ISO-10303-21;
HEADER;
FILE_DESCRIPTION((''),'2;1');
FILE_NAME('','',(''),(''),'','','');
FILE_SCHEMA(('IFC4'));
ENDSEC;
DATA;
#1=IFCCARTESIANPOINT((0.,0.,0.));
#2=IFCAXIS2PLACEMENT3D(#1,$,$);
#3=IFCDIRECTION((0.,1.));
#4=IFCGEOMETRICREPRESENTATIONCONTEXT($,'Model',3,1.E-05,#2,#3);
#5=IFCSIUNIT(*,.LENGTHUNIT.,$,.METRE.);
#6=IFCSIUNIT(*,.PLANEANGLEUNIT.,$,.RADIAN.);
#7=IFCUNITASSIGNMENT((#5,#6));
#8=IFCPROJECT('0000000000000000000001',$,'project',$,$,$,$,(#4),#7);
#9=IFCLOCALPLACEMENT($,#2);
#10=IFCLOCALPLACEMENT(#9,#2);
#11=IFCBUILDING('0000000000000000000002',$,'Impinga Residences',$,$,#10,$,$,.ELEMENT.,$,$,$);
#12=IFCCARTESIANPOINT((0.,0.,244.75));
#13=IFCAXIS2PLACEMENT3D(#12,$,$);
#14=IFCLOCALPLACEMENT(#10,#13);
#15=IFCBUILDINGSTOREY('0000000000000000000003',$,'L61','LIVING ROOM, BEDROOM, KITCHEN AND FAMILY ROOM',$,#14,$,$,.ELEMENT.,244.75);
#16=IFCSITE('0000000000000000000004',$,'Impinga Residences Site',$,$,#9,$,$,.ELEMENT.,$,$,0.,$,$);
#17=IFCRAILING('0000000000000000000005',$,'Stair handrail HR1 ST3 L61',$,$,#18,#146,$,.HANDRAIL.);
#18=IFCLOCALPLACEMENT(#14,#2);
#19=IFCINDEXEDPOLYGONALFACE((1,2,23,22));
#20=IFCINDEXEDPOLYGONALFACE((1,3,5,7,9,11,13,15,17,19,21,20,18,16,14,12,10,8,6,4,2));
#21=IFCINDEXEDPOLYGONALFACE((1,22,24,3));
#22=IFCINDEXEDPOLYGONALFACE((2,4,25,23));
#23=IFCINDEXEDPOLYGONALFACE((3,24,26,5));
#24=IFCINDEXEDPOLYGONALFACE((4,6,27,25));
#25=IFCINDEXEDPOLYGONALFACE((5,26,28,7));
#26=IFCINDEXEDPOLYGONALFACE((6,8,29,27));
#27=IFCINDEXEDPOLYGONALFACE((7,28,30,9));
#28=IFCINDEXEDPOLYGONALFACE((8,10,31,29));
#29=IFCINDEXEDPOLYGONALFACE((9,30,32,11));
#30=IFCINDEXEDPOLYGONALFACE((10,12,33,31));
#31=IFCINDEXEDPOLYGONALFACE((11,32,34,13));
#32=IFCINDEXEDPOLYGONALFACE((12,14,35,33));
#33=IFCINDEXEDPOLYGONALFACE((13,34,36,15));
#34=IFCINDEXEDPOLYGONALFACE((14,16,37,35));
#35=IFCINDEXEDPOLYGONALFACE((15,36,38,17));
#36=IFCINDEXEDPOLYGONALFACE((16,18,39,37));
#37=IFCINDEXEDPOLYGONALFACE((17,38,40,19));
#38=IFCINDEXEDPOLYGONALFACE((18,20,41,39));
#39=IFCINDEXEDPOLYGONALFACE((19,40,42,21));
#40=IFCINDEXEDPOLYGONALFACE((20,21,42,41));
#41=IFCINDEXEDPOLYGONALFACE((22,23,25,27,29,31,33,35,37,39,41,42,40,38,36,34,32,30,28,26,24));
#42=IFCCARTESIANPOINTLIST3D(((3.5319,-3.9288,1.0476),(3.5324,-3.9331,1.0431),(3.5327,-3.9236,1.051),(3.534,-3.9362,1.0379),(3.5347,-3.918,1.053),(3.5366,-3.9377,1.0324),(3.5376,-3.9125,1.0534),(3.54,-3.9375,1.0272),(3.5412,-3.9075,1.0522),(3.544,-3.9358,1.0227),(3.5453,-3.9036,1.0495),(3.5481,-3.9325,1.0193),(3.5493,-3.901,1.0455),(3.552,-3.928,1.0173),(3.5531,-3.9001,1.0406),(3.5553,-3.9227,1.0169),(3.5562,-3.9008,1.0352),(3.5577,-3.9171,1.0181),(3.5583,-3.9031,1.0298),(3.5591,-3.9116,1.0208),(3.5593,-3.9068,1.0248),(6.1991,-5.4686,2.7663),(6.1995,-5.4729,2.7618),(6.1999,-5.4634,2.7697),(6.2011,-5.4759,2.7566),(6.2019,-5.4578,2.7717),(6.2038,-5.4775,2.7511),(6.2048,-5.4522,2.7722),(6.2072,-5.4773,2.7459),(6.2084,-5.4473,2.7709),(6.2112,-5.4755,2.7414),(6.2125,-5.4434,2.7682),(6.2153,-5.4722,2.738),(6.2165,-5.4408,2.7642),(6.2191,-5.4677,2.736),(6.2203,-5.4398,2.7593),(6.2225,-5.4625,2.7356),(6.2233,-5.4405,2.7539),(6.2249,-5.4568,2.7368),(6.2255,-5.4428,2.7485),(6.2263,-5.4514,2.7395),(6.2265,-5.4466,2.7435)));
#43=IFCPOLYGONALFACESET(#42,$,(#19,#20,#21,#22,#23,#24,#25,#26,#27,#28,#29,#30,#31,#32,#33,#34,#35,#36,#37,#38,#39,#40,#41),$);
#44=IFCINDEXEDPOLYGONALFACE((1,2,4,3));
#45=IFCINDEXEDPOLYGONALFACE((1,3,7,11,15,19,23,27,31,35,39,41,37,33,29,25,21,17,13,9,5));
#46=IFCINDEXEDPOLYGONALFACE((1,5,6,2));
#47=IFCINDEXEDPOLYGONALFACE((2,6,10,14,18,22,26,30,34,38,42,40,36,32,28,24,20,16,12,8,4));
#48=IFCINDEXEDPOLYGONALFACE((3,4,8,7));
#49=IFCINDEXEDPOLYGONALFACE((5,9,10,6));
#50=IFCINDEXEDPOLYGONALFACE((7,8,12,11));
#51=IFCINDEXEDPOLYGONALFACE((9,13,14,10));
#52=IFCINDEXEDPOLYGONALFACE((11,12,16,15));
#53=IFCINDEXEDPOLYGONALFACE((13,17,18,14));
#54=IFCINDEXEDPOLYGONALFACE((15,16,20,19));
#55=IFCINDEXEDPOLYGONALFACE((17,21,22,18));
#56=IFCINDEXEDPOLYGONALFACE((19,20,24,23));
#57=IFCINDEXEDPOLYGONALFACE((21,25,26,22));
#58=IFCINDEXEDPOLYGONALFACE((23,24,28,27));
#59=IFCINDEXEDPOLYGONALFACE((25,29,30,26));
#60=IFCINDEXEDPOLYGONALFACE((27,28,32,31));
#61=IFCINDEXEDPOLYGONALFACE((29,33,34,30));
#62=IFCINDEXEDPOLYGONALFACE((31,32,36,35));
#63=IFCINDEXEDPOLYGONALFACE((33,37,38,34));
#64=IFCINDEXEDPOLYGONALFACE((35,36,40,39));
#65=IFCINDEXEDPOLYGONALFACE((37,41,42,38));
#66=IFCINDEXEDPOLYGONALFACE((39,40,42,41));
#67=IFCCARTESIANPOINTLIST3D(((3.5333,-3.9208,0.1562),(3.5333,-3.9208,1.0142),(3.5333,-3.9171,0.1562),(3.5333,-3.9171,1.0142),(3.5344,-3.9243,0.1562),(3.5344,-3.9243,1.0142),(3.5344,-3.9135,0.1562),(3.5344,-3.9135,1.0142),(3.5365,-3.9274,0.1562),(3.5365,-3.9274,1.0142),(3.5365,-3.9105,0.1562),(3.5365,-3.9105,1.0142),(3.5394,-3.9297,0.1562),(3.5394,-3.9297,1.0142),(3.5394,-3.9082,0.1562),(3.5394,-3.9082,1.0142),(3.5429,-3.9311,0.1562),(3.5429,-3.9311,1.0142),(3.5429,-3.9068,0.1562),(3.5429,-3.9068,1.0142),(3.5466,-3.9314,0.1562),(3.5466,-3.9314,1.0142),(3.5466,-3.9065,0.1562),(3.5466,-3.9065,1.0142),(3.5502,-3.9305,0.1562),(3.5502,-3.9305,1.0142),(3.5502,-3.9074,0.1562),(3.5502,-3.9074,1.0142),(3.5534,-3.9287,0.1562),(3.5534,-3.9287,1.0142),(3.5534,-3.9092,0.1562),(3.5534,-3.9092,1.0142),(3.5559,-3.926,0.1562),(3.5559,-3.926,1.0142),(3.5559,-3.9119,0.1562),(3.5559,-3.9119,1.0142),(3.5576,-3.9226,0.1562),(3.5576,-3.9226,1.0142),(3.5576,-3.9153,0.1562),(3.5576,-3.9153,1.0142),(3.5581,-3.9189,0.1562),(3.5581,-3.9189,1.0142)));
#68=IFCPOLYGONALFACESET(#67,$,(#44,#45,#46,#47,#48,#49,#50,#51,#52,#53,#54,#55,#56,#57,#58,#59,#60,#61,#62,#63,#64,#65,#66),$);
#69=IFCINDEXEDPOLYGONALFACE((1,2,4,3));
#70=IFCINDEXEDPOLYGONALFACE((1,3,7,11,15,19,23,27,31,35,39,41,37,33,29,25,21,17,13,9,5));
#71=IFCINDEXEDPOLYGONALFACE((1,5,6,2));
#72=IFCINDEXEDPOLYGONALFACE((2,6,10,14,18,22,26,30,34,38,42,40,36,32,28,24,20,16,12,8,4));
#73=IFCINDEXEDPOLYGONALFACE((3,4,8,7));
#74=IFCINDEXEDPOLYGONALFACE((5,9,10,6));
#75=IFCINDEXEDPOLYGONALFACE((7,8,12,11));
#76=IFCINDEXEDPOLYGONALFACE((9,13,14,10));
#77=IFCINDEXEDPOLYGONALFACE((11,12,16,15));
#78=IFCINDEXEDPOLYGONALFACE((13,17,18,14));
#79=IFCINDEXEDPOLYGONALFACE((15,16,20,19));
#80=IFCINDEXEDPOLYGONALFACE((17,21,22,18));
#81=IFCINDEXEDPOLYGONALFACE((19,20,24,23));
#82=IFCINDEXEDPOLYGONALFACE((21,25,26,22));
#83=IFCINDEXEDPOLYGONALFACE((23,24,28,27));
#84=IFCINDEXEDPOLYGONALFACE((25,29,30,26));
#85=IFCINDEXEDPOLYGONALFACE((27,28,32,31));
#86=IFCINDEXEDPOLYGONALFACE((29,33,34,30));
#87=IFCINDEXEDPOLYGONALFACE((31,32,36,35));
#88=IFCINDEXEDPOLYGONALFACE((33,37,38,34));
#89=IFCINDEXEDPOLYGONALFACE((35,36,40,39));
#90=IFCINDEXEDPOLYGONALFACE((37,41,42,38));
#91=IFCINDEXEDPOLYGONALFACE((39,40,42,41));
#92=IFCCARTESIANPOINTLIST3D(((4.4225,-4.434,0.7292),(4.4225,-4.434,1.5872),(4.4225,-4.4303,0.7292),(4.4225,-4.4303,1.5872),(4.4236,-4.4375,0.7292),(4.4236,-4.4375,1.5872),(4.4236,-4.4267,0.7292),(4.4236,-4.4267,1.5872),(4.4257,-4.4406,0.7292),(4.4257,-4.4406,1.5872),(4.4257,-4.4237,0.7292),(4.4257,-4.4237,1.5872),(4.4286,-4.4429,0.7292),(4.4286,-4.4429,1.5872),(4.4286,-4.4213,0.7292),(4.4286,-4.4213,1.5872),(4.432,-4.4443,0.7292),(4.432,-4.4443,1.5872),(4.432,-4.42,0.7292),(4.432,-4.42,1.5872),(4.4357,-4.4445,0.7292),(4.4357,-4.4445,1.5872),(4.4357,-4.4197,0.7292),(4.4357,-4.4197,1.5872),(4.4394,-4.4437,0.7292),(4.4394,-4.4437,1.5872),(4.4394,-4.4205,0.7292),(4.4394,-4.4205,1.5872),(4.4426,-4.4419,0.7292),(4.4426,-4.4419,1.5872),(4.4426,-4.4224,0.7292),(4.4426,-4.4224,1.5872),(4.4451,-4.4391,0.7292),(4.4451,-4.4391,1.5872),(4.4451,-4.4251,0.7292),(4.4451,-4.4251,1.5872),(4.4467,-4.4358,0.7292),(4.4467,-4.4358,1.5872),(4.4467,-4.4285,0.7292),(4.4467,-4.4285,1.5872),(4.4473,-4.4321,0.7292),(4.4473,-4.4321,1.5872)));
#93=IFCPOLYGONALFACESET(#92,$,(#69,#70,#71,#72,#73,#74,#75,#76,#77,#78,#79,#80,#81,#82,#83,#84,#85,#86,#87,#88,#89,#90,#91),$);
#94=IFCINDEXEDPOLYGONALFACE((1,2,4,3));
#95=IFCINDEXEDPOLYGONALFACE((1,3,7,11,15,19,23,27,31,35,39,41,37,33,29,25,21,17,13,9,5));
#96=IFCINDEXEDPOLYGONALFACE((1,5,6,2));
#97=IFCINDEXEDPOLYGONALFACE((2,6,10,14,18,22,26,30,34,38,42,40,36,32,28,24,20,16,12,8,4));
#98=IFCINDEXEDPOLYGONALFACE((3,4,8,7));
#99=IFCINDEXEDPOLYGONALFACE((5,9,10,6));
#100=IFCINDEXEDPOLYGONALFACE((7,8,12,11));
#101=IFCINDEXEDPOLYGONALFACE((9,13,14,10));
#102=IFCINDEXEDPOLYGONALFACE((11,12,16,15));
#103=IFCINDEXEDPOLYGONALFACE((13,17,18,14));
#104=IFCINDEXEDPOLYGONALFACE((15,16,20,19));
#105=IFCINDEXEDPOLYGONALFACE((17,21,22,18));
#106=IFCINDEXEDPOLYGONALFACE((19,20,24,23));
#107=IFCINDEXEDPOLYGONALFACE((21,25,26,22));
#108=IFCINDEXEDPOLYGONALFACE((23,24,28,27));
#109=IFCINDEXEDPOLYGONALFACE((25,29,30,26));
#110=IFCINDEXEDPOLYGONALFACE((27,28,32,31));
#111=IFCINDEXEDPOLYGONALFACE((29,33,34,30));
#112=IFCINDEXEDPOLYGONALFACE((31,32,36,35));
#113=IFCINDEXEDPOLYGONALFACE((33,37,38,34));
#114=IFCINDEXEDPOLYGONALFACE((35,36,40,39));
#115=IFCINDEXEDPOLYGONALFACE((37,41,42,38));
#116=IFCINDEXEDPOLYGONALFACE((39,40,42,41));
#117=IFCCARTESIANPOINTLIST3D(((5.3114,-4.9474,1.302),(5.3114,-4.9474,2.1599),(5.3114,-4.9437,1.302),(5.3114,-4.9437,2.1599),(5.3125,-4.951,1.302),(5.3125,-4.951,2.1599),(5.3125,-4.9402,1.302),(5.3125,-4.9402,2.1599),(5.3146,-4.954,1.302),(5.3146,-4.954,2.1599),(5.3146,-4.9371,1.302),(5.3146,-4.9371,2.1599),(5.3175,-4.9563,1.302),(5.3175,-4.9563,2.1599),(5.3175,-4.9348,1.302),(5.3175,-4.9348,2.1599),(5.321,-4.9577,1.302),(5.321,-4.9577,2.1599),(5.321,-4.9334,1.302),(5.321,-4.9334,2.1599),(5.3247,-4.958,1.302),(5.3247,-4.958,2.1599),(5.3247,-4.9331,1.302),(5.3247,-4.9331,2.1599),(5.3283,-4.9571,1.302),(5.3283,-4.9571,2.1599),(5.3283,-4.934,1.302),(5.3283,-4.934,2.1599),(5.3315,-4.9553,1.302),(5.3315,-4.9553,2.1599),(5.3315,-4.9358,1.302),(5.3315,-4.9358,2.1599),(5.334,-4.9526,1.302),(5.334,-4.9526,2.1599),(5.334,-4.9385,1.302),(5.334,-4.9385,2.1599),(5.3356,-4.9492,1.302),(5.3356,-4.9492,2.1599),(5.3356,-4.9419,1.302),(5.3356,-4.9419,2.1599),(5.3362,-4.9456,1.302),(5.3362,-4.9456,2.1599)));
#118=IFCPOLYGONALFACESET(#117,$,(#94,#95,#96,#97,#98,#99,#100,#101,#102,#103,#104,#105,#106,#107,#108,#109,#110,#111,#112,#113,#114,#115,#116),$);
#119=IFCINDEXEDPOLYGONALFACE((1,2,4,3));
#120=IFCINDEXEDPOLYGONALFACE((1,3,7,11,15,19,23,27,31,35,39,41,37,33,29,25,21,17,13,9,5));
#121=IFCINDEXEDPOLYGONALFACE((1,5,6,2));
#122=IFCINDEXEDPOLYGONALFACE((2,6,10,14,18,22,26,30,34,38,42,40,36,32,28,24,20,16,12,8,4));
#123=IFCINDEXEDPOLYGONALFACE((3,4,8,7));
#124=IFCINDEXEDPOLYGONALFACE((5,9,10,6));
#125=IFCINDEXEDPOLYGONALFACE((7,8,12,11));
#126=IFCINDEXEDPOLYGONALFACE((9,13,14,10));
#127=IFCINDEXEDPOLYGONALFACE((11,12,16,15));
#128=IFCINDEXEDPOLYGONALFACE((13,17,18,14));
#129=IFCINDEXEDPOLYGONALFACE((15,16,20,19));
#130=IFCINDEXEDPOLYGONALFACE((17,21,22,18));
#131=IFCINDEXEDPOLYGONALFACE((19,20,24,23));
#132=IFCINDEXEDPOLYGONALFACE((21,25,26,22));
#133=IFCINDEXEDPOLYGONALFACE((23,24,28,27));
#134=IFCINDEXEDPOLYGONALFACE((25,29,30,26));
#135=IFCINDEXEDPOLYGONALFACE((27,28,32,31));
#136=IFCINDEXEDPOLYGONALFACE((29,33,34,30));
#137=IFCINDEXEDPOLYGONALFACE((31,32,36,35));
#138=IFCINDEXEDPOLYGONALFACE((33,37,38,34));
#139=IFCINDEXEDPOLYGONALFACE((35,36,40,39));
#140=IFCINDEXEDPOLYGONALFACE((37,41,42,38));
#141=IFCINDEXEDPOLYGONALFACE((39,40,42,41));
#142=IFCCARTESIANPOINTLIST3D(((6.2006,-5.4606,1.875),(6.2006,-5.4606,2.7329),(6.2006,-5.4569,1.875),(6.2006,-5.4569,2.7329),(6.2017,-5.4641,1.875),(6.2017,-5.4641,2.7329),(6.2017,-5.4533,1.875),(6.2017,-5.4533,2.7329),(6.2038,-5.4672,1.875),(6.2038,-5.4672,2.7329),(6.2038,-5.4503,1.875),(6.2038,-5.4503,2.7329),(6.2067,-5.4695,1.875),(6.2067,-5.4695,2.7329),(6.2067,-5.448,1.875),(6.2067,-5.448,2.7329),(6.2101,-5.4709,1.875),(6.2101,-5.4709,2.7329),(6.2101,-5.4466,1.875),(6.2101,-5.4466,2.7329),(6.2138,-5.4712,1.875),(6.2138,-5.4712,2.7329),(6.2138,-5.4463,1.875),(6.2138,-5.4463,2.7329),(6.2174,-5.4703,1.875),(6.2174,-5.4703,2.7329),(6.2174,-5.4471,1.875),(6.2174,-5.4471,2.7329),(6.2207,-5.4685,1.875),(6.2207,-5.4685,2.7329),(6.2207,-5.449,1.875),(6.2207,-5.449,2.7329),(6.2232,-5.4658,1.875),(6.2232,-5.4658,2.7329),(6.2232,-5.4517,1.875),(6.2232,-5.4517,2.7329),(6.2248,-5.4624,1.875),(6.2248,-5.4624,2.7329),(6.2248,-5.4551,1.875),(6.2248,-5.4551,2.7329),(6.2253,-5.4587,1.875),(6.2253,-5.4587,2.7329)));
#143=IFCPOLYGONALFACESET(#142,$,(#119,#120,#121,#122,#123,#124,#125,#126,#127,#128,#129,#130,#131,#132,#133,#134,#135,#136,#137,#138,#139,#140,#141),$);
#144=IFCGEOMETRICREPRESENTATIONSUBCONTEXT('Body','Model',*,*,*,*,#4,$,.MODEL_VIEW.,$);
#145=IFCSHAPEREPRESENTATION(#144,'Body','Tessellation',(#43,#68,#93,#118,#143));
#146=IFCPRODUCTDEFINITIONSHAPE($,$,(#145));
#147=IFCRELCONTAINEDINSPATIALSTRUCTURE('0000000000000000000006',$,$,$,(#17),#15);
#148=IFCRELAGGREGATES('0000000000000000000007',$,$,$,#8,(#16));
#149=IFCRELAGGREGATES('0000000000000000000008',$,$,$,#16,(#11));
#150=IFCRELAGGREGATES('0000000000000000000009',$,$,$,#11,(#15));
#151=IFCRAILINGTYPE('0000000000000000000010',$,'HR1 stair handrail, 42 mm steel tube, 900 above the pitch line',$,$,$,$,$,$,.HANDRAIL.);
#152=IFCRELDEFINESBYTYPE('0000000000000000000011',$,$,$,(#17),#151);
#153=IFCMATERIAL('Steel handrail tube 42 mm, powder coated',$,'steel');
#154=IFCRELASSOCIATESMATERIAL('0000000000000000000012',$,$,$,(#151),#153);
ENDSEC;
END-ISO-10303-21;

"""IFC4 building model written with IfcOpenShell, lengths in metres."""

from ifc_helpers import new_model, si_unit, direction, frame, origin, origin_2d, place, context, subcontext, project, spatial, circle, extrude, material, type_object, element, save


model = new_model("IFC4")

# Units and contexts
model_context = context("Model", 3, precision=1e-05, world=origin(), true_north=direction((0.0, 1.0)))
body_context = subcontext(model_context, "Body", "Model", "MODEL_VIEW")
ifc_project = project(units=[si_unit("LENGTHUNIT", "METRE"), si_unit("PLANEANGLEUNIT", "RADIAN")], contexts=[model_context])

# Site, building, storey
site_placement = place(None, origin())
site = spatial("IfcSite", under=ifc_project, at=site_placement, Name="Impinga Residences Site", CompositionType="ELEMENT", RefElevation=0.0)
building_placement = place(site_placement, origin())
building = spatial("IfcBuilding", under=site, at=building_placement, Name="Impinga Residences", CompositionType="ELEMENT")
storey_placement = place(building_placement, frame((0.0, 0.0, 244.75)))
storey = spatial("IfcBuildingStorey", under=building, at=storey_placement, Name="L61", Description="LIVING ROOM, BEDROOM, KITCHEN AND FAMILY ROOM", CompositionType="ELEMENT", Elevation=244.75)

# Railing
ifc_material_1 = material(Name="Steel handrail tube 42 mm, powder coated", Category="steel")
railing_type_1 = type_object("IfcRailingType", Name="HR1 stair handrail, 42 mm steel tube, 900 above the pitch line", PredefinedType="HANDRAIL", material=ifc_material_1)
railing_1_placement = place(storey_placement, frame((3.5457, -3.9189, 0.1562)))
element("IfcRailing", 1, at=railing_1_placement, inside=storey, type_object=railing_type_1, Name="Stair handrail HR1 ST3 L61", PredefinedType="HANDRAIL", context=body_context, shape_type="SweptSolid", body=[
    extrude(circle(Radius=0.021, at=origin_2d()), frame((0.0, 0.0, 0.8789), z_axis=(0.756249, -0.436582, 0.487322), x_axis=(0.499967, 0.866044, 0.0)), (0.0, 0.0, 1.0), 3.5269),
    extrude(circle(Radius=0.0125, at=origin_2d()), origin(), (0.0, 0.0, 1.0), 0.8579),
    extrude(circle(Radius=0.0125, at=origin_2d()), frame((0.8892, -0.5132, 0.573)), (0.0, 0.0, 1.0), 0.8579),
    extrude(circle(Radius=0.0125, at=origin_2d()), frame((1.7781, -1.0266, 1.1458)), (0.0, 0.0, 1.0), 0.8579),
    extrude(circle(Radius=0.0125, at=origin_2d()), frame((2.6672, -1.5398, 1.7188)), (0.0, 0.0, 1.0), 0.8579),
])

save(model, "model.ifc")
